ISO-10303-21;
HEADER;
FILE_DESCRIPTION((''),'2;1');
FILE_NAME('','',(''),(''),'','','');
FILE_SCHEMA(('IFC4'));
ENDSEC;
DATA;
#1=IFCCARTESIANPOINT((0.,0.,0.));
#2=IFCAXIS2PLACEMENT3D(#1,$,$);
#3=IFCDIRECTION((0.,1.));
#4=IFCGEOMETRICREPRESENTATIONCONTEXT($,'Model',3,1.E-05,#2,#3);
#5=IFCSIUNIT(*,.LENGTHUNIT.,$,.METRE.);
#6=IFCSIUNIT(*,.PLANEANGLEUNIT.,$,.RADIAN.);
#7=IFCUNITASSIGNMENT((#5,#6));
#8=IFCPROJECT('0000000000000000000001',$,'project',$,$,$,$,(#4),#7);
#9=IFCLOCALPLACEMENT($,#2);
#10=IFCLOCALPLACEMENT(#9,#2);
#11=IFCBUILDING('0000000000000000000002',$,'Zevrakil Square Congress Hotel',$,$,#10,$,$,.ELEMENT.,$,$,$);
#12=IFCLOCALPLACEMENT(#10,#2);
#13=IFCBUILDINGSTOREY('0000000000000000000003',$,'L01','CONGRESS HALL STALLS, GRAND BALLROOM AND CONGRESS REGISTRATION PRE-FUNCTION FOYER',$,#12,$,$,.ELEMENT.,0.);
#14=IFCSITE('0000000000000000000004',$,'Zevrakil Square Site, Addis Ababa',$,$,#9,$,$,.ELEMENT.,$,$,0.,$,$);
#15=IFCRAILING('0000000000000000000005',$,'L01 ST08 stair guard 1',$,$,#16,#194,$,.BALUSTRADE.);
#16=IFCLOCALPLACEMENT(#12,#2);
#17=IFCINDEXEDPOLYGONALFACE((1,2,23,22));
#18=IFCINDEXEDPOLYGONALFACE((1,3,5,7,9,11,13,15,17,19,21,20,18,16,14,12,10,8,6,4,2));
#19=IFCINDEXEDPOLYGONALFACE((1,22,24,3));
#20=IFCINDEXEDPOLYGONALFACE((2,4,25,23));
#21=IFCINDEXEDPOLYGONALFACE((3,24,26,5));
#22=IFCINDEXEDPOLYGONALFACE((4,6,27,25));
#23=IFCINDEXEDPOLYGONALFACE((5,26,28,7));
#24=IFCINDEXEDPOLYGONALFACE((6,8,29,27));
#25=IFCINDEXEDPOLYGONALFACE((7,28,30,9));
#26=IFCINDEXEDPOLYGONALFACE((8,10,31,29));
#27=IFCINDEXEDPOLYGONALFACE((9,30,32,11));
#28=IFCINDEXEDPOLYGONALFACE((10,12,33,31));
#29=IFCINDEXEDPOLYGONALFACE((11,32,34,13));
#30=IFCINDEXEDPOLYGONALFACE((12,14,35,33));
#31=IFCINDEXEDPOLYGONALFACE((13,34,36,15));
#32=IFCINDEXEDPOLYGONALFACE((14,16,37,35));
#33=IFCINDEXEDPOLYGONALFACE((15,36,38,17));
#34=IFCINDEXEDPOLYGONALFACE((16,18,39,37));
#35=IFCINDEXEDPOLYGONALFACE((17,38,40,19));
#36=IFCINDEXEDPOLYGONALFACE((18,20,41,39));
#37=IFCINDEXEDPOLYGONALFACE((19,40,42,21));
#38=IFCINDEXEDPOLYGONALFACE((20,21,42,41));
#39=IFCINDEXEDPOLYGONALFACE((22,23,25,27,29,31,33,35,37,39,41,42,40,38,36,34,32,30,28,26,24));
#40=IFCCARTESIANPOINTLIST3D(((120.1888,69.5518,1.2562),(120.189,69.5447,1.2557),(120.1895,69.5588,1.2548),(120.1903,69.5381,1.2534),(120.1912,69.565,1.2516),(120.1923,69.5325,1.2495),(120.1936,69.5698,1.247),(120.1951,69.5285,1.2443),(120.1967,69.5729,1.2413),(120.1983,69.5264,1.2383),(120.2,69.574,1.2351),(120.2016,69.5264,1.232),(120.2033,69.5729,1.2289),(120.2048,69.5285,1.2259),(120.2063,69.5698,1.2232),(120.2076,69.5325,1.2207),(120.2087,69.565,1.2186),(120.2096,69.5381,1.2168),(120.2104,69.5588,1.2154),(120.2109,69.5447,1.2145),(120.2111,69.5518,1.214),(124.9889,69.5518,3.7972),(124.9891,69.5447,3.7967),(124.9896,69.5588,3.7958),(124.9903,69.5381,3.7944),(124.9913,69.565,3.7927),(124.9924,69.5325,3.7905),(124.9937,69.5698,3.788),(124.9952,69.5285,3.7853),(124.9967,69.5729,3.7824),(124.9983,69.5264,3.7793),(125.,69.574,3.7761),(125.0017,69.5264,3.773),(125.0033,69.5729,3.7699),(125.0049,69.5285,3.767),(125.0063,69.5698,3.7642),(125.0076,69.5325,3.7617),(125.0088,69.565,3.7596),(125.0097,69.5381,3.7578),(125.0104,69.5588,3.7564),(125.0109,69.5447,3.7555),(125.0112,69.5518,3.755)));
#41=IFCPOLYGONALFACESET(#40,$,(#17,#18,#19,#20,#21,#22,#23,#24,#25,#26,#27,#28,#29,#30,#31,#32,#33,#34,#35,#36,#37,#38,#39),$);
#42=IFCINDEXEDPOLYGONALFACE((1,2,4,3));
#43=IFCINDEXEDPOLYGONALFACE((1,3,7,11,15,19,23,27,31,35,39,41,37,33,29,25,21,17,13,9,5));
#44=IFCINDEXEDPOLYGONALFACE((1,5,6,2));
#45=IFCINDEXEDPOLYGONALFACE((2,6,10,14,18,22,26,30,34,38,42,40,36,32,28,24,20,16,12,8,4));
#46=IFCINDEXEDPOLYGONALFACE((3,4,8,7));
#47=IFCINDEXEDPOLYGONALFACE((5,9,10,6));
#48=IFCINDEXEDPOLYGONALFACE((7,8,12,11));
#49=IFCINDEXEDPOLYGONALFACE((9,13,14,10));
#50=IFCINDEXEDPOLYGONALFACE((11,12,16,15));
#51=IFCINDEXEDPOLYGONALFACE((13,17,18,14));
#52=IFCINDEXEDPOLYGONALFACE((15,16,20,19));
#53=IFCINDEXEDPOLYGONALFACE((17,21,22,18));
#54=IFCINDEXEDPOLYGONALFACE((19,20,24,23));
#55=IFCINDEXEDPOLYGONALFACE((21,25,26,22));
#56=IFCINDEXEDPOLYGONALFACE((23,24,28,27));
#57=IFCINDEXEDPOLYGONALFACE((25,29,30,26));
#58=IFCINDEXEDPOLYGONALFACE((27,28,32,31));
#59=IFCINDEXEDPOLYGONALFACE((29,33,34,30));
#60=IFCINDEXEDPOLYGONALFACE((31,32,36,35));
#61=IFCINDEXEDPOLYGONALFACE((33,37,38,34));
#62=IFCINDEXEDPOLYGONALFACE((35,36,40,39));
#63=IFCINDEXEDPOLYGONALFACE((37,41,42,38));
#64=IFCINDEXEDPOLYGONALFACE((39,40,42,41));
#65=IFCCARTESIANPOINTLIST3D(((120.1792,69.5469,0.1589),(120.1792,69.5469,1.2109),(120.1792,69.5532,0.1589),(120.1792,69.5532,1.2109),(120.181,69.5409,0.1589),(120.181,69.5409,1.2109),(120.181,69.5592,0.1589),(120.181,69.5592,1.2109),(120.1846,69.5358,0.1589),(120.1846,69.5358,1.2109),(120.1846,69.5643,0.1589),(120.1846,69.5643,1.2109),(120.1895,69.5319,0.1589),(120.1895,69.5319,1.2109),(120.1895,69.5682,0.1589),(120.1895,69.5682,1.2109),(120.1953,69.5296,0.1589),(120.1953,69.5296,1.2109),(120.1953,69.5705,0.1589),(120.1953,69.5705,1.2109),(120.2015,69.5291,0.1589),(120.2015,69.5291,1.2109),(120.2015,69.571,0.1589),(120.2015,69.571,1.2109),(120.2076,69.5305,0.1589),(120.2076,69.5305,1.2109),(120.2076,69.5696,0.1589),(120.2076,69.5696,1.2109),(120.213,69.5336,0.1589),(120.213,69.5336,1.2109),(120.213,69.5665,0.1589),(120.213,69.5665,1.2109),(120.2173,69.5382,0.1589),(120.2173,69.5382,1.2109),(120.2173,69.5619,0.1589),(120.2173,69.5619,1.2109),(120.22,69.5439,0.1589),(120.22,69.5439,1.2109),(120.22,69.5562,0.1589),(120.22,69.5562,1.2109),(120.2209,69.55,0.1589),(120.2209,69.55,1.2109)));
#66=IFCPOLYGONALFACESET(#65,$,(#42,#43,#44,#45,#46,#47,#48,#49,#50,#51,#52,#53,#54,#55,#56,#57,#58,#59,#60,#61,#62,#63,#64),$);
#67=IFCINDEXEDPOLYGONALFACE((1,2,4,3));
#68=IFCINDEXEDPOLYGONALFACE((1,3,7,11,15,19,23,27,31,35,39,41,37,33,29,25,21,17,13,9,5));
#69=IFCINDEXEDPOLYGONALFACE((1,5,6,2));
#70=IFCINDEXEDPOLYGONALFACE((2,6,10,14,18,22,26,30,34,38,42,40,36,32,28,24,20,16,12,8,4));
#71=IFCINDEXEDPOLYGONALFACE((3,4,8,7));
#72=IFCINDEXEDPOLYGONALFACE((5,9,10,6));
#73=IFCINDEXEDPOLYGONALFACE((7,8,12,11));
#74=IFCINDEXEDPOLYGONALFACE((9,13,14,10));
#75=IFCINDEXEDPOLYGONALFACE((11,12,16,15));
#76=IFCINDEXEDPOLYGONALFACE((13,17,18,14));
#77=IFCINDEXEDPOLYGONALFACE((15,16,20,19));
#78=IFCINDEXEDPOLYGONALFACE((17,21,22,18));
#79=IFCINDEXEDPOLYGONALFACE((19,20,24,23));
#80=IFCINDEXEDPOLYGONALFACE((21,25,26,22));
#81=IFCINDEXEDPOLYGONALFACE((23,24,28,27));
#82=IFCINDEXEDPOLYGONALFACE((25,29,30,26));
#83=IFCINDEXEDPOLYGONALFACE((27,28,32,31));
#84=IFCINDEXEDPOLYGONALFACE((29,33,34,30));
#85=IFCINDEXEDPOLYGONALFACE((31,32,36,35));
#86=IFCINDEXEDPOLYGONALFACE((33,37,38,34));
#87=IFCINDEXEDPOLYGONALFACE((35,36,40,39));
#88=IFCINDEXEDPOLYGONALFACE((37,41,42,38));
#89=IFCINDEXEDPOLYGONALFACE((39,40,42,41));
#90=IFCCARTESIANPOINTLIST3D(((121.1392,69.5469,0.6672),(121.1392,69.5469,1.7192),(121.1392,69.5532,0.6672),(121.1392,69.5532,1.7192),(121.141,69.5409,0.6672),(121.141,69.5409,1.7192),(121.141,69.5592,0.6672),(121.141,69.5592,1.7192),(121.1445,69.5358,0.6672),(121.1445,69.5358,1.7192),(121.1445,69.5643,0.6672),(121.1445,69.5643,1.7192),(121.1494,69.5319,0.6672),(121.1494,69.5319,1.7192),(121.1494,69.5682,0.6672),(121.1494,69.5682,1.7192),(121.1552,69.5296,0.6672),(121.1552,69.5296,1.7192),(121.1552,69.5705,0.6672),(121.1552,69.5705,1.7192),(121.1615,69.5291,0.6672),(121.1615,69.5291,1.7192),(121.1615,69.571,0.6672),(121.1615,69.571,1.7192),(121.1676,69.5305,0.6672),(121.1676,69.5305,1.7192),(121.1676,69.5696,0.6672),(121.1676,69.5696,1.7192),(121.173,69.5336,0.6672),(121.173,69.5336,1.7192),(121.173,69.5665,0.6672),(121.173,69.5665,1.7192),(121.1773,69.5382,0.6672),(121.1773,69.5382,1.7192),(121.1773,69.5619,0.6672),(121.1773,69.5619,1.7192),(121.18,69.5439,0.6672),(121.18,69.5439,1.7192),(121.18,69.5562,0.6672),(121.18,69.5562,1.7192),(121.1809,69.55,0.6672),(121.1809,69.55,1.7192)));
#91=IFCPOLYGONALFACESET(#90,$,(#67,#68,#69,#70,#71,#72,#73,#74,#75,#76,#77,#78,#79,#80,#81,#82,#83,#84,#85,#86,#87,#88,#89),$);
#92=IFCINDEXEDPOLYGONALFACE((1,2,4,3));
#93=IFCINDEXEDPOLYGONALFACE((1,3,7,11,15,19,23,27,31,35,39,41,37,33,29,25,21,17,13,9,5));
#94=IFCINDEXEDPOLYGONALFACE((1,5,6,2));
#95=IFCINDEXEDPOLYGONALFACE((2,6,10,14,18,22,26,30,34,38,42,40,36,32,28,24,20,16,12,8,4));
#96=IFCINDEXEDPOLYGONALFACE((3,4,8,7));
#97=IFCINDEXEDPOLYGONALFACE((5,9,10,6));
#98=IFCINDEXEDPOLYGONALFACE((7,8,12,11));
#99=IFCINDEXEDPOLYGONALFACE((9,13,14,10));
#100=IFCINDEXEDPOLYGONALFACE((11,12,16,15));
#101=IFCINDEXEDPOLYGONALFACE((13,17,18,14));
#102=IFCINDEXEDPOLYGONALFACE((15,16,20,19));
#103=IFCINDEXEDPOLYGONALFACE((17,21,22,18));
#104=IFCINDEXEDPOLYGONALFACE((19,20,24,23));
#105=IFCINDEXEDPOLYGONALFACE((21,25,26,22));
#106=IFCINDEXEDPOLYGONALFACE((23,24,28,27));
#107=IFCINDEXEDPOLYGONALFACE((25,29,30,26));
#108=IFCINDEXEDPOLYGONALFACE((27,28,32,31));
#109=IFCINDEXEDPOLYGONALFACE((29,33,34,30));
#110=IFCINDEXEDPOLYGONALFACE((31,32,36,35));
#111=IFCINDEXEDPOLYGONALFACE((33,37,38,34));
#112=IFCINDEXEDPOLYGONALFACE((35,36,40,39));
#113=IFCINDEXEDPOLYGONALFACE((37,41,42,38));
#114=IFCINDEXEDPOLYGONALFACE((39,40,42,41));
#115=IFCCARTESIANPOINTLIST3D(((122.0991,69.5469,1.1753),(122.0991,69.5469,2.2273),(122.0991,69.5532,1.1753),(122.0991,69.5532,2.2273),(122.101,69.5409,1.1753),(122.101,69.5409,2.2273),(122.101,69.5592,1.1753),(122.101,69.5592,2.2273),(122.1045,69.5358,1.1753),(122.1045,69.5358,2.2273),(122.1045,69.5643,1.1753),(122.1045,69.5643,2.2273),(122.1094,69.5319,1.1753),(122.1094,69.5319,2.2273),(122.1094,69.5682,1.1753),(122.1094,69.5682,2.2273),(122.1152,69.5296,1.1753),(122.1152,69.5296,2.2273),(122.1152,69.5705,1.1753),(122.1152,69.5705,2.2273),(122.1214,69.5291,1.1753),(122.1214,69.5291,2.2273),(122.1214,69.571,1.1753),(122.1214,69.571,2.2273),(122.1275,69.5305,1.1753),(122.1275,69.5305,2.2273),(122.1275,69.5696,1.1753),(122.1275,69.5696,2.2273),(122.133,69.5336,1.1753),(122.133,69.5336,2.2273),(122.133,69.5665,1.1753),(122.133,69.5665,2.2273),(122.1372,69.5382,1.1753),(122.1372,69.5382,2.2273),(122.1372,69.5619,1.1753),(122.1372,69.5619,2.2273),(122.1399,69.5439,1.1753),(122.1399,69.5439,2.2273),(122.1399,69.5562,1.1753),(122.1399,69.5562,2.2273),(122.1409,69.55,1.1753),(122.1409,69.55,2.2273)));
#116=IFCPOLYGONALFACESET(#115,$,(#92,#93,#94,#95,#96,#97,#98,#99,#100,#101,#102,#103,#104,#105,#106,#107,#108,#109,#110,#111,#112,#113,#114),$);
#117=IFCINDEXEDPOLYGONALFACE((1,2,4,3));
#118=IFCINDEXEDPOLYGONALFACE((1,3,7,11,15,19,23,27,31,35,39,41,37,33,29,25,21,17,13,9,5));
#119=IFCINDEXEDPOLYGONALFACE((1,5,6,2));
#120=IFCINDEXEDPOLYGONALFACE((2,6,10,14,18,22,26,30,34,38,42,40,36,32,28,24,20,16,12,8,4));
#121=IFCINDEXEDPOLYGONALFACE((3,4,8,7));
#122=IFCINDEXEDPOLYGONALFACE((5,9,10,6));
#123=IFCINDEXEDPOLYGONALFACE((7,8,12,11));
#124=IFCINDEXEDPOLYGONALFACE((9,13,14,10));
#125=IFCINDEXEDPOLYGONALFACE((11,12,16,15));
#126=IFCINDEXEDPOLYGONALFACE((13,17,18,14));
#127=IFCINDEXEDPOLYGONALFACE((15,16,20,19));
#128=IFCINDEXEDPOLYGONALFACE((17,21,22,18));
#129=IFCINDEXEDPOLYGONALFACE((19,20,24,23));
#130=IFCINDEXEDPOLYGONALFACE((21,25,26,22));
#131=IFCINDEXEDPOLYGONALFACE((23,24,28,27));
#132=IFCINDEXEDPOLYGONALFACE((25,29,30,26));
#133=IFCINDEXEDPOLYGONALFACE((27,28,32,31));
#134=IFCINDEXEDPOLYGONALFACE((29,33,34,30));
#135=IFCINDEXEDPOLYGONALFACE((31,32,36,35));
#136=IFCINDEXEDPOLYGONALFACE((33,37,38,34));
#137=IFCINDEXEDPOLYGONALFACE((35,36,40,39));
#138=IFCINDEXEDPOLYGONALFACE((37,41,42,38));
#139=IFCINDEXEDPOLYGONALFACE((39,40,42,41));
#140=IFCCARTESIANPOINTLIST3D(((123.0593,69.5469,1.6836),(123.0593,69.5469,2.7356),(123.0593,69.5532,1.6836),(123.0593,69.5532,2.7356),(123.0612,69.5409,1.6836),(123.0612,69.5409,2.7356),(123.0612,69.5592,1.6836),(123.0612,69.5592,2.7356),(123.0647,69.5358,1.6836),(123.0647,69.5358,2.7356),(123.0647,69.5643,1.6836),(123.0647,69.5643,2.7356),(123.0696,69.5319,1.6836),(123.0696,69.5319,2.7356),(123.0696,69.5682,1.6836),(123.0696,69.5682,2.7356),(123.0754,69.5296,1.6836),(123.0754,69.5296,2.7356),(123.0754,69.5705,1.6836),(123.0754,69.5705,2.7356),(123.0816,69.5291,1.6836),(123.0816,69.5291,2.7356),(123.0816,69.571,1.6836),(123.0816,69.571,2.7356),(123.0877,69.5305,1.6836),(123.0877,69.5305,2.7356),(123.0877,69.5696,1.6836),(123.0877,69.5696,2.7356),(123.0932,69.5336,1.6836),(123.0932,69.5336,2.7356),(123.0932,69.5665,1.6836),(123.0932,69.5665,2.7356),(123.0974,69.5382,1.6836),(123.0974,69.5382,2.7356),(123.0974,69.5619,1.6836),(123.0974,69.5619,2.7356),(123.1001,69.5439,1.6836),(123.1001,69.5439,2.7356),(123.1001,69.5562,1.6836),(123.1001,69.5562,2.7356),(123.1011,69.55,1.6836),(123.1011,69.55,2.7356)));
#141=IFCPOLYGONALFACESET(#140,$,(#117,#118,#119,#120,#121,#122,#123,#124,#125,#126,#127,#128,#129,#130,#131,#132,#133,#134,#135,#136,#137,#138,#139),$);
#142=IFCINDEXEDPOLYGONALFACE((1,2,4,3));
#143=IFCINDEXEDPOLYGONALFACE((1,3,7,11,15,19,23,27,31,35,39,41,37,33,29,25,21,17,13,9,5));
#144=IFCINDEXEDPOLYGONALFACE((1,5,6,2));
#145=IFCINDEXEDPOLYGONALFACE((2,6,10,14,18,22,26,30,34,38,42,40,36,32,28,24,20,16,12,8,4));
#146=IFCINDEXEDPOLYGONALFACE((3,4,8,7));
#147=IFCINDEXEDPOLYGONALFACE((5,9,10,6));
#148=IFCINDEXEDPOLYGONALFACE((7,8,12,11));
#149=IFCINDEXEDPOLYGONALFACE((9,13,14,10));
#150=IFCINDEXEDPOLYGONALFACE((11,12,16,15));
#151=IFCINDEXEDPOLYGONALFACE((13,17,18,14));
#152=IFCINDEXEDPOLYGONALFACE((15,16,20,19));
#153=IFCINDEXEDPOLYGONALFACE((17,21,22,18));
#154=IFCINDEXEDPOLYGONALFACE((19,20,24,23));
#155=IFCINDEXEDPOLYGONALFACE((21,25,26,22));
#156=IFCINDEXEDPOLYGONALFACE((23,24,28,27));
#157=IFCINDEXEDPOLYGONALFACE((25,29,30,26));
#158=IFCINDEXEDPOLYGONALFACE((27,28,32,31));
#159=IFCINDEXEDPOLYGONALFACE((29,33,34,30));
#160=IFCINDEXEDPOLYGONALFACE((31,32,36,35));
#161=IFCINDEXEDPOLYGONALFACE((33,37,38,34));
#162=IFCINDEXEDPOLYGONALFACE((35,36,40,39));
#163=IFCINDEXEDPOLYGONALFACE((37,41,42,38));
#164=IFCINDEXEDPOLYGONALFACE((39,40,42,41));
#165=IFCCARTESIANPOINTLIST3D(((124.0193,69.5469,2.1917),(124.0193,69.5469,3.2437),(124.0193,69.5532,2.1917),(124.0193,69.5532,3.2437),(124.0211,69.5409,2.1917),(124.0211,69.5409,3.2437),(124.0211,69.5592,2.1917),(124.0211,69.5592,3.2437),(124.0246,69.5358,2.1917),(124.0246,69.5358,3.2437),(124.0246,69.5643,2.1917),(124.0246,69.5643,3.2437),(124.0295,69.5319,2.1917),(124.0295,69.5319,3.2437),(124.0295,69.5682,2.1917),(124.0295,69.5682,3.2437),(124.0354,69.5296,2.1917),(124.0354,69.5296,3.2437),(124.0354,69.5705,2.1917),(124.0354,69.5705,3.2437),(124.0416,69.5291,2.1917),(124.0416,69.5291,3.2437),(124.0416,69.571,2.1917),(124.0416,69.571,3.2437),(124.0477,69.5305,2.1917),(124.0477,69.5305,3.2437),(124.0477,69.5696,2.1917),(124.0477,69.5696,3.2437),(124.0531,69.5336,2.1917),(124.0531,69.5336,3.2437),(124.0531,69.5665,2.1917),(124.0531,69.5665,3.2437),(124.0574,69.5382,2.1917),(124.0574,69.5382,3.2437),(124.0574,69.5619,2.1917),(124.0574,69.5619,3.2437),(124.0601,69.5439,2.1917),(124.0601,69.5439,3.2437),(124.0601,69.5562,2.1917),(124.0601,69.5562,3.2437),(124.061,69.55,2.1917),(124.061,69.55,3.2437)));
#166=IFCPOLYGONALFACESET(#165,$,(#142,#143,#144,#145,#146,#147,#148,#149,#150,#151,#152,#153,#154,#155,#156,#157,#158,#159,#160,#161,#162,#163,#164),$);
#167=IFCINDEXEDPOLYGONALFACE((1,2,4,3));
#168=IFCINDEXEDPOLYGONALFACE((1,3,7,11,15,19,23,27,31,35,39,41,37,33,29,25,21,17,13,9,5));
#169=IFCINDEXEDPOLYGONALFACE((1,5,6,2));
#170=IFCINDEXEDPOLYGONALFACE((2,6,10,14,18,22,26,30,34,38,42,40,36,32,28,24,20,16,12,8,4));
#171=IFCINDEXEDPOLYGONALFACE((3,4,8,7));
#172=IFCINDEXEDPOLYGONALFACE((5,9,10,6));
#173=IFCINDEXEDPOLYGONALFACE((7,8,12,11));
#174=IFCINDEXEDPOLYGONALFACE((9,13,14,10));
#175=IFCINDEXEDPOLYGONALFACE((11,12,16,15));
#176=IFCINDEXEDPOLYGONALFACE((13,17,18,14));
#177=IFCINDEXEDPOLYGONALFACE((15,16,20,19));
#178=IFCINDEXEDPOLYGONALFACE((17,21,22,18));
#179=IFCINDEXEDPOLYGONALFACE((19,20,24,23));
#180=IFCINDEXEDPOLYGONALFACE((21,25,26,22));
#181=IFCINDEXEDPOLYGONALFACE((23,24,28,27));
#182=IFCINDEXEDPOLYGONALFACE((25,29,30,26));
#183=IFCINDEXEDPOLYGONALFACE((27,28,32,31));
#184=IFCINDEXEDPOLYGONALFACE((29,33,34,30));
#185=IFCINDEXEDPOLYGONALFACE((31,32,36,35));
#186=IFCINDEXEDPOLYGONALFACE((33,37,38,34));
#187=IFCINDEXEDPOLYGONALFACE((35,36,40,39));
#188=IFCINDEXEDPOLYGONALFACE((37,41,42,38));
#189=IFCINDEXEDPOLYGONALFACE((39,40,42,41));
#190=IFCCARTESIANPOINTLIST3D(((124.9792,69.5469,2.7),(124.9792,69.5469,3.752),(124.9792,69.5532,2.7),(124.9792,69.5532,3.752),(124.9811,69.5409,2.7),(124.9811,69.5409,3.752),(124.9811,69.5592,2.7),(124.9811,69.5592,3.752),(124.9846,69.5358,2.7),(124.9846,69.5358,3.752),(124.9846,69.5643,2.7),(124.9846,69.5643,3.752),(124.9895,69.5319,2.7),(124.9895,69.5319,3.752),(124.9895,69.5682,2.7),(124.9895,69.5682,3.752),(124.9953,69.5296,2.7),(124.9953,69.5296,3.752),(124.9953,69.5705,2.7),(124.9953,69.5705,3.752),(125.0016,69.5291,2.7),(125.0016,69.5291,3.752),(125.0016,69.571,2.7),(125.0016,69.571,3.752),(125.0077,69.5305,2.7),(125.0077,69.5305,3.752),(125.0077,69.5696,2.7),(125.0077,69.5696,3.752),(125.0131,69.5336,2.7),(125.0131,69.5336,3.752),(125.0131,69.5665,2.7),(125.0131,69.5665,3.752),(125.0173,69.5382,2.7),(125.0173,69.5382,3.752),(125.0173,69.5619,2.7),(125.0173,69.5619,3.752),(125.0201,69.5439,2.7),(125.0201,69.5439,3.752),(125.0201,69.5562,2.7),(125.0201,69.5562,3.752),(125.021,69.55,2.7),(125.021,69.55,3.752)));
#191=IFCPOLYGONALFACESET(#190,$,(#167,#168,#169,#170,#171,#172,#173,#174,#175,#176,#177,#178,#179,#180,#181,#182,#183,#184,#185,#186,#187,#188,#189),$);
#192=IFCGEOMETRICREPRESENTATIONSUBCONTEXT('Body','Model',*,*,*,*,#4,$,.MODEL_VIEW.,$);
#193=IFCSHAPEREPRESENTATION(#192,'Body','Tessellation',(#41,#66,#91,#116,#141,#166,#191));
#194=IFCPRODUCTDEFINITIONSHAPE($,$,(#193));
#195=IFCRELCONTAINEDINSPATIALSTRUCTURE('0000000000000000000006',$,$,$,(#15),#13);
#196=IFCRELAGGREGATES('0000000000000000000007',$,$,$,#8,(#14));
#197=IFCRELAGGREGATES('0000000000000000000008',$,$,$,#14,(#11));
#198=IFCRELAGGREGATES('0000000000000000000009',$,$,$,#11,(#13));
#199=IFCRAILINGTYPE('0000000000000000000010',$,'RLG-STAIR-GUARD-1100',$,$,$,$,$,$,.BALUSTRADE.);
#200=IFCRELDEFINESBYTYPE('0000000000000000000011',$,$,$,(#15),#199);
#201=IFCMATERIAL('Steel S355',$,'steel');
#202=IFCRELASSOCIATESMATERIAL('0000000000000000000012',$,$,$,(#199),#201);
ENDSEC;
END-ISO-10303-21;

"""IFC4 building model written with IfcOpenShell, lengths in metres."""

from ifc_helpers import new_model, si_unit, direction, frame, origin, origin_2d, place, context, subcontext, project, spatial, circle, extrude, material, type_object, element, save


model = new_model("IFC4")

# Units and contexts
model_context = context("Model", 3, precision=1e-05, world=origin(), true_north=direction((0.0, 1.0)))
body_context = subcontext(model_context, "Body", "Model", "MODEL_VIEW")
ifc_project = project(units=[si_unit("LENGTHUNIT", "METRE"), si_unit("PLANEANGLEUNIT", "RADIAN")], contexts=[model_context])

# Site, building, storey
site_placement = place(None, origin())
site = spatial("IfcSite", under=ifc_project, at=site_placement, Name="Zevrakil Square Site, Addis Ababa", CompositionType="ELEMENT", RefElevation=0.0)
building_placement = place(site_placement, origin())
building = spatial("IfcBuilding", under=site, at=building_placement, Name="Zevrakil Square Congress Hotel", CompositionType="ELEMENT")
storey_placement = place(building_placement, origin())
storey = spatial("IfcBuildingStorey", under=building, at=storey_placement, Name="L01", Description="CONGRESS HALL STALLS, GRAND BALLROOM AND CONGRESS REGISTRATION PRE-FUNCTION FOYER", CompositionType="ELEMENT", Elevation=0.0)

# Railing
ifc_material_1 = material(Name="Steel S355", Category="steel")
railing_type_1 = type_object("IfcRailingType", Name="RLG-STAIR-GUARD-1100", PredefinedType="BALUSTRADE", material=ifc_material_1)
railing_1_placement = place(storey_placement, frame((120.2, 69.55, 0.1589)))
element("IfcRailing", 1, at=railing_1_placement, inside=storey, type_object=railing_type_1, Name="L01 ST08 stair guard 1", PredefinedType="BALUSTRADE", context=body_context, shape_type="SweptSolid", body=[
    extrude(circle(Radius=0.0239, at=origin_2d()), frame((0.0, 0.0, 1.0762), z_axis=(0.883802, 0.0, 0.467861), x_axis=(0.0, 1.0, 0.0)), (0.0, 0.0, 1.0), 5.4312),
    extrude(circle(Radius=0.021, at=origin_2d()), origin(), (0.0, 0.0, 1.0), 1.052),
    extrude(circle(Radius=0.021, at=origin_2d()), frame((0.96, 0.0, 0.5083)), (0.0, 0.0, 1.0), 1.052),
    extrude(circle(Radius=0.021, at=origin_2d()), frame((1.9199, 0.0, 1.0164)), (0.0, 0.0, 1.0), 1.052),
    extrude(circle(Radius=0.021, at=origin_2d()), frame((2.8801, 0.0, 1.5247)), (0.0, 0.0, 1.0), 1.052),
    extrude(circle(Radius=0.021, at=origin_2d()), frame((3.8401, 0.0, 2.0327)), (0.0, 0.0, 1.0), 1.052),
    extrude(circle(Radius=0.021, at=origin_2d()), frame((4.8, 0.0, 2.541)), (0.0, 0.0, 1.0), 1.052),
])

save(model, "model.ifc")
